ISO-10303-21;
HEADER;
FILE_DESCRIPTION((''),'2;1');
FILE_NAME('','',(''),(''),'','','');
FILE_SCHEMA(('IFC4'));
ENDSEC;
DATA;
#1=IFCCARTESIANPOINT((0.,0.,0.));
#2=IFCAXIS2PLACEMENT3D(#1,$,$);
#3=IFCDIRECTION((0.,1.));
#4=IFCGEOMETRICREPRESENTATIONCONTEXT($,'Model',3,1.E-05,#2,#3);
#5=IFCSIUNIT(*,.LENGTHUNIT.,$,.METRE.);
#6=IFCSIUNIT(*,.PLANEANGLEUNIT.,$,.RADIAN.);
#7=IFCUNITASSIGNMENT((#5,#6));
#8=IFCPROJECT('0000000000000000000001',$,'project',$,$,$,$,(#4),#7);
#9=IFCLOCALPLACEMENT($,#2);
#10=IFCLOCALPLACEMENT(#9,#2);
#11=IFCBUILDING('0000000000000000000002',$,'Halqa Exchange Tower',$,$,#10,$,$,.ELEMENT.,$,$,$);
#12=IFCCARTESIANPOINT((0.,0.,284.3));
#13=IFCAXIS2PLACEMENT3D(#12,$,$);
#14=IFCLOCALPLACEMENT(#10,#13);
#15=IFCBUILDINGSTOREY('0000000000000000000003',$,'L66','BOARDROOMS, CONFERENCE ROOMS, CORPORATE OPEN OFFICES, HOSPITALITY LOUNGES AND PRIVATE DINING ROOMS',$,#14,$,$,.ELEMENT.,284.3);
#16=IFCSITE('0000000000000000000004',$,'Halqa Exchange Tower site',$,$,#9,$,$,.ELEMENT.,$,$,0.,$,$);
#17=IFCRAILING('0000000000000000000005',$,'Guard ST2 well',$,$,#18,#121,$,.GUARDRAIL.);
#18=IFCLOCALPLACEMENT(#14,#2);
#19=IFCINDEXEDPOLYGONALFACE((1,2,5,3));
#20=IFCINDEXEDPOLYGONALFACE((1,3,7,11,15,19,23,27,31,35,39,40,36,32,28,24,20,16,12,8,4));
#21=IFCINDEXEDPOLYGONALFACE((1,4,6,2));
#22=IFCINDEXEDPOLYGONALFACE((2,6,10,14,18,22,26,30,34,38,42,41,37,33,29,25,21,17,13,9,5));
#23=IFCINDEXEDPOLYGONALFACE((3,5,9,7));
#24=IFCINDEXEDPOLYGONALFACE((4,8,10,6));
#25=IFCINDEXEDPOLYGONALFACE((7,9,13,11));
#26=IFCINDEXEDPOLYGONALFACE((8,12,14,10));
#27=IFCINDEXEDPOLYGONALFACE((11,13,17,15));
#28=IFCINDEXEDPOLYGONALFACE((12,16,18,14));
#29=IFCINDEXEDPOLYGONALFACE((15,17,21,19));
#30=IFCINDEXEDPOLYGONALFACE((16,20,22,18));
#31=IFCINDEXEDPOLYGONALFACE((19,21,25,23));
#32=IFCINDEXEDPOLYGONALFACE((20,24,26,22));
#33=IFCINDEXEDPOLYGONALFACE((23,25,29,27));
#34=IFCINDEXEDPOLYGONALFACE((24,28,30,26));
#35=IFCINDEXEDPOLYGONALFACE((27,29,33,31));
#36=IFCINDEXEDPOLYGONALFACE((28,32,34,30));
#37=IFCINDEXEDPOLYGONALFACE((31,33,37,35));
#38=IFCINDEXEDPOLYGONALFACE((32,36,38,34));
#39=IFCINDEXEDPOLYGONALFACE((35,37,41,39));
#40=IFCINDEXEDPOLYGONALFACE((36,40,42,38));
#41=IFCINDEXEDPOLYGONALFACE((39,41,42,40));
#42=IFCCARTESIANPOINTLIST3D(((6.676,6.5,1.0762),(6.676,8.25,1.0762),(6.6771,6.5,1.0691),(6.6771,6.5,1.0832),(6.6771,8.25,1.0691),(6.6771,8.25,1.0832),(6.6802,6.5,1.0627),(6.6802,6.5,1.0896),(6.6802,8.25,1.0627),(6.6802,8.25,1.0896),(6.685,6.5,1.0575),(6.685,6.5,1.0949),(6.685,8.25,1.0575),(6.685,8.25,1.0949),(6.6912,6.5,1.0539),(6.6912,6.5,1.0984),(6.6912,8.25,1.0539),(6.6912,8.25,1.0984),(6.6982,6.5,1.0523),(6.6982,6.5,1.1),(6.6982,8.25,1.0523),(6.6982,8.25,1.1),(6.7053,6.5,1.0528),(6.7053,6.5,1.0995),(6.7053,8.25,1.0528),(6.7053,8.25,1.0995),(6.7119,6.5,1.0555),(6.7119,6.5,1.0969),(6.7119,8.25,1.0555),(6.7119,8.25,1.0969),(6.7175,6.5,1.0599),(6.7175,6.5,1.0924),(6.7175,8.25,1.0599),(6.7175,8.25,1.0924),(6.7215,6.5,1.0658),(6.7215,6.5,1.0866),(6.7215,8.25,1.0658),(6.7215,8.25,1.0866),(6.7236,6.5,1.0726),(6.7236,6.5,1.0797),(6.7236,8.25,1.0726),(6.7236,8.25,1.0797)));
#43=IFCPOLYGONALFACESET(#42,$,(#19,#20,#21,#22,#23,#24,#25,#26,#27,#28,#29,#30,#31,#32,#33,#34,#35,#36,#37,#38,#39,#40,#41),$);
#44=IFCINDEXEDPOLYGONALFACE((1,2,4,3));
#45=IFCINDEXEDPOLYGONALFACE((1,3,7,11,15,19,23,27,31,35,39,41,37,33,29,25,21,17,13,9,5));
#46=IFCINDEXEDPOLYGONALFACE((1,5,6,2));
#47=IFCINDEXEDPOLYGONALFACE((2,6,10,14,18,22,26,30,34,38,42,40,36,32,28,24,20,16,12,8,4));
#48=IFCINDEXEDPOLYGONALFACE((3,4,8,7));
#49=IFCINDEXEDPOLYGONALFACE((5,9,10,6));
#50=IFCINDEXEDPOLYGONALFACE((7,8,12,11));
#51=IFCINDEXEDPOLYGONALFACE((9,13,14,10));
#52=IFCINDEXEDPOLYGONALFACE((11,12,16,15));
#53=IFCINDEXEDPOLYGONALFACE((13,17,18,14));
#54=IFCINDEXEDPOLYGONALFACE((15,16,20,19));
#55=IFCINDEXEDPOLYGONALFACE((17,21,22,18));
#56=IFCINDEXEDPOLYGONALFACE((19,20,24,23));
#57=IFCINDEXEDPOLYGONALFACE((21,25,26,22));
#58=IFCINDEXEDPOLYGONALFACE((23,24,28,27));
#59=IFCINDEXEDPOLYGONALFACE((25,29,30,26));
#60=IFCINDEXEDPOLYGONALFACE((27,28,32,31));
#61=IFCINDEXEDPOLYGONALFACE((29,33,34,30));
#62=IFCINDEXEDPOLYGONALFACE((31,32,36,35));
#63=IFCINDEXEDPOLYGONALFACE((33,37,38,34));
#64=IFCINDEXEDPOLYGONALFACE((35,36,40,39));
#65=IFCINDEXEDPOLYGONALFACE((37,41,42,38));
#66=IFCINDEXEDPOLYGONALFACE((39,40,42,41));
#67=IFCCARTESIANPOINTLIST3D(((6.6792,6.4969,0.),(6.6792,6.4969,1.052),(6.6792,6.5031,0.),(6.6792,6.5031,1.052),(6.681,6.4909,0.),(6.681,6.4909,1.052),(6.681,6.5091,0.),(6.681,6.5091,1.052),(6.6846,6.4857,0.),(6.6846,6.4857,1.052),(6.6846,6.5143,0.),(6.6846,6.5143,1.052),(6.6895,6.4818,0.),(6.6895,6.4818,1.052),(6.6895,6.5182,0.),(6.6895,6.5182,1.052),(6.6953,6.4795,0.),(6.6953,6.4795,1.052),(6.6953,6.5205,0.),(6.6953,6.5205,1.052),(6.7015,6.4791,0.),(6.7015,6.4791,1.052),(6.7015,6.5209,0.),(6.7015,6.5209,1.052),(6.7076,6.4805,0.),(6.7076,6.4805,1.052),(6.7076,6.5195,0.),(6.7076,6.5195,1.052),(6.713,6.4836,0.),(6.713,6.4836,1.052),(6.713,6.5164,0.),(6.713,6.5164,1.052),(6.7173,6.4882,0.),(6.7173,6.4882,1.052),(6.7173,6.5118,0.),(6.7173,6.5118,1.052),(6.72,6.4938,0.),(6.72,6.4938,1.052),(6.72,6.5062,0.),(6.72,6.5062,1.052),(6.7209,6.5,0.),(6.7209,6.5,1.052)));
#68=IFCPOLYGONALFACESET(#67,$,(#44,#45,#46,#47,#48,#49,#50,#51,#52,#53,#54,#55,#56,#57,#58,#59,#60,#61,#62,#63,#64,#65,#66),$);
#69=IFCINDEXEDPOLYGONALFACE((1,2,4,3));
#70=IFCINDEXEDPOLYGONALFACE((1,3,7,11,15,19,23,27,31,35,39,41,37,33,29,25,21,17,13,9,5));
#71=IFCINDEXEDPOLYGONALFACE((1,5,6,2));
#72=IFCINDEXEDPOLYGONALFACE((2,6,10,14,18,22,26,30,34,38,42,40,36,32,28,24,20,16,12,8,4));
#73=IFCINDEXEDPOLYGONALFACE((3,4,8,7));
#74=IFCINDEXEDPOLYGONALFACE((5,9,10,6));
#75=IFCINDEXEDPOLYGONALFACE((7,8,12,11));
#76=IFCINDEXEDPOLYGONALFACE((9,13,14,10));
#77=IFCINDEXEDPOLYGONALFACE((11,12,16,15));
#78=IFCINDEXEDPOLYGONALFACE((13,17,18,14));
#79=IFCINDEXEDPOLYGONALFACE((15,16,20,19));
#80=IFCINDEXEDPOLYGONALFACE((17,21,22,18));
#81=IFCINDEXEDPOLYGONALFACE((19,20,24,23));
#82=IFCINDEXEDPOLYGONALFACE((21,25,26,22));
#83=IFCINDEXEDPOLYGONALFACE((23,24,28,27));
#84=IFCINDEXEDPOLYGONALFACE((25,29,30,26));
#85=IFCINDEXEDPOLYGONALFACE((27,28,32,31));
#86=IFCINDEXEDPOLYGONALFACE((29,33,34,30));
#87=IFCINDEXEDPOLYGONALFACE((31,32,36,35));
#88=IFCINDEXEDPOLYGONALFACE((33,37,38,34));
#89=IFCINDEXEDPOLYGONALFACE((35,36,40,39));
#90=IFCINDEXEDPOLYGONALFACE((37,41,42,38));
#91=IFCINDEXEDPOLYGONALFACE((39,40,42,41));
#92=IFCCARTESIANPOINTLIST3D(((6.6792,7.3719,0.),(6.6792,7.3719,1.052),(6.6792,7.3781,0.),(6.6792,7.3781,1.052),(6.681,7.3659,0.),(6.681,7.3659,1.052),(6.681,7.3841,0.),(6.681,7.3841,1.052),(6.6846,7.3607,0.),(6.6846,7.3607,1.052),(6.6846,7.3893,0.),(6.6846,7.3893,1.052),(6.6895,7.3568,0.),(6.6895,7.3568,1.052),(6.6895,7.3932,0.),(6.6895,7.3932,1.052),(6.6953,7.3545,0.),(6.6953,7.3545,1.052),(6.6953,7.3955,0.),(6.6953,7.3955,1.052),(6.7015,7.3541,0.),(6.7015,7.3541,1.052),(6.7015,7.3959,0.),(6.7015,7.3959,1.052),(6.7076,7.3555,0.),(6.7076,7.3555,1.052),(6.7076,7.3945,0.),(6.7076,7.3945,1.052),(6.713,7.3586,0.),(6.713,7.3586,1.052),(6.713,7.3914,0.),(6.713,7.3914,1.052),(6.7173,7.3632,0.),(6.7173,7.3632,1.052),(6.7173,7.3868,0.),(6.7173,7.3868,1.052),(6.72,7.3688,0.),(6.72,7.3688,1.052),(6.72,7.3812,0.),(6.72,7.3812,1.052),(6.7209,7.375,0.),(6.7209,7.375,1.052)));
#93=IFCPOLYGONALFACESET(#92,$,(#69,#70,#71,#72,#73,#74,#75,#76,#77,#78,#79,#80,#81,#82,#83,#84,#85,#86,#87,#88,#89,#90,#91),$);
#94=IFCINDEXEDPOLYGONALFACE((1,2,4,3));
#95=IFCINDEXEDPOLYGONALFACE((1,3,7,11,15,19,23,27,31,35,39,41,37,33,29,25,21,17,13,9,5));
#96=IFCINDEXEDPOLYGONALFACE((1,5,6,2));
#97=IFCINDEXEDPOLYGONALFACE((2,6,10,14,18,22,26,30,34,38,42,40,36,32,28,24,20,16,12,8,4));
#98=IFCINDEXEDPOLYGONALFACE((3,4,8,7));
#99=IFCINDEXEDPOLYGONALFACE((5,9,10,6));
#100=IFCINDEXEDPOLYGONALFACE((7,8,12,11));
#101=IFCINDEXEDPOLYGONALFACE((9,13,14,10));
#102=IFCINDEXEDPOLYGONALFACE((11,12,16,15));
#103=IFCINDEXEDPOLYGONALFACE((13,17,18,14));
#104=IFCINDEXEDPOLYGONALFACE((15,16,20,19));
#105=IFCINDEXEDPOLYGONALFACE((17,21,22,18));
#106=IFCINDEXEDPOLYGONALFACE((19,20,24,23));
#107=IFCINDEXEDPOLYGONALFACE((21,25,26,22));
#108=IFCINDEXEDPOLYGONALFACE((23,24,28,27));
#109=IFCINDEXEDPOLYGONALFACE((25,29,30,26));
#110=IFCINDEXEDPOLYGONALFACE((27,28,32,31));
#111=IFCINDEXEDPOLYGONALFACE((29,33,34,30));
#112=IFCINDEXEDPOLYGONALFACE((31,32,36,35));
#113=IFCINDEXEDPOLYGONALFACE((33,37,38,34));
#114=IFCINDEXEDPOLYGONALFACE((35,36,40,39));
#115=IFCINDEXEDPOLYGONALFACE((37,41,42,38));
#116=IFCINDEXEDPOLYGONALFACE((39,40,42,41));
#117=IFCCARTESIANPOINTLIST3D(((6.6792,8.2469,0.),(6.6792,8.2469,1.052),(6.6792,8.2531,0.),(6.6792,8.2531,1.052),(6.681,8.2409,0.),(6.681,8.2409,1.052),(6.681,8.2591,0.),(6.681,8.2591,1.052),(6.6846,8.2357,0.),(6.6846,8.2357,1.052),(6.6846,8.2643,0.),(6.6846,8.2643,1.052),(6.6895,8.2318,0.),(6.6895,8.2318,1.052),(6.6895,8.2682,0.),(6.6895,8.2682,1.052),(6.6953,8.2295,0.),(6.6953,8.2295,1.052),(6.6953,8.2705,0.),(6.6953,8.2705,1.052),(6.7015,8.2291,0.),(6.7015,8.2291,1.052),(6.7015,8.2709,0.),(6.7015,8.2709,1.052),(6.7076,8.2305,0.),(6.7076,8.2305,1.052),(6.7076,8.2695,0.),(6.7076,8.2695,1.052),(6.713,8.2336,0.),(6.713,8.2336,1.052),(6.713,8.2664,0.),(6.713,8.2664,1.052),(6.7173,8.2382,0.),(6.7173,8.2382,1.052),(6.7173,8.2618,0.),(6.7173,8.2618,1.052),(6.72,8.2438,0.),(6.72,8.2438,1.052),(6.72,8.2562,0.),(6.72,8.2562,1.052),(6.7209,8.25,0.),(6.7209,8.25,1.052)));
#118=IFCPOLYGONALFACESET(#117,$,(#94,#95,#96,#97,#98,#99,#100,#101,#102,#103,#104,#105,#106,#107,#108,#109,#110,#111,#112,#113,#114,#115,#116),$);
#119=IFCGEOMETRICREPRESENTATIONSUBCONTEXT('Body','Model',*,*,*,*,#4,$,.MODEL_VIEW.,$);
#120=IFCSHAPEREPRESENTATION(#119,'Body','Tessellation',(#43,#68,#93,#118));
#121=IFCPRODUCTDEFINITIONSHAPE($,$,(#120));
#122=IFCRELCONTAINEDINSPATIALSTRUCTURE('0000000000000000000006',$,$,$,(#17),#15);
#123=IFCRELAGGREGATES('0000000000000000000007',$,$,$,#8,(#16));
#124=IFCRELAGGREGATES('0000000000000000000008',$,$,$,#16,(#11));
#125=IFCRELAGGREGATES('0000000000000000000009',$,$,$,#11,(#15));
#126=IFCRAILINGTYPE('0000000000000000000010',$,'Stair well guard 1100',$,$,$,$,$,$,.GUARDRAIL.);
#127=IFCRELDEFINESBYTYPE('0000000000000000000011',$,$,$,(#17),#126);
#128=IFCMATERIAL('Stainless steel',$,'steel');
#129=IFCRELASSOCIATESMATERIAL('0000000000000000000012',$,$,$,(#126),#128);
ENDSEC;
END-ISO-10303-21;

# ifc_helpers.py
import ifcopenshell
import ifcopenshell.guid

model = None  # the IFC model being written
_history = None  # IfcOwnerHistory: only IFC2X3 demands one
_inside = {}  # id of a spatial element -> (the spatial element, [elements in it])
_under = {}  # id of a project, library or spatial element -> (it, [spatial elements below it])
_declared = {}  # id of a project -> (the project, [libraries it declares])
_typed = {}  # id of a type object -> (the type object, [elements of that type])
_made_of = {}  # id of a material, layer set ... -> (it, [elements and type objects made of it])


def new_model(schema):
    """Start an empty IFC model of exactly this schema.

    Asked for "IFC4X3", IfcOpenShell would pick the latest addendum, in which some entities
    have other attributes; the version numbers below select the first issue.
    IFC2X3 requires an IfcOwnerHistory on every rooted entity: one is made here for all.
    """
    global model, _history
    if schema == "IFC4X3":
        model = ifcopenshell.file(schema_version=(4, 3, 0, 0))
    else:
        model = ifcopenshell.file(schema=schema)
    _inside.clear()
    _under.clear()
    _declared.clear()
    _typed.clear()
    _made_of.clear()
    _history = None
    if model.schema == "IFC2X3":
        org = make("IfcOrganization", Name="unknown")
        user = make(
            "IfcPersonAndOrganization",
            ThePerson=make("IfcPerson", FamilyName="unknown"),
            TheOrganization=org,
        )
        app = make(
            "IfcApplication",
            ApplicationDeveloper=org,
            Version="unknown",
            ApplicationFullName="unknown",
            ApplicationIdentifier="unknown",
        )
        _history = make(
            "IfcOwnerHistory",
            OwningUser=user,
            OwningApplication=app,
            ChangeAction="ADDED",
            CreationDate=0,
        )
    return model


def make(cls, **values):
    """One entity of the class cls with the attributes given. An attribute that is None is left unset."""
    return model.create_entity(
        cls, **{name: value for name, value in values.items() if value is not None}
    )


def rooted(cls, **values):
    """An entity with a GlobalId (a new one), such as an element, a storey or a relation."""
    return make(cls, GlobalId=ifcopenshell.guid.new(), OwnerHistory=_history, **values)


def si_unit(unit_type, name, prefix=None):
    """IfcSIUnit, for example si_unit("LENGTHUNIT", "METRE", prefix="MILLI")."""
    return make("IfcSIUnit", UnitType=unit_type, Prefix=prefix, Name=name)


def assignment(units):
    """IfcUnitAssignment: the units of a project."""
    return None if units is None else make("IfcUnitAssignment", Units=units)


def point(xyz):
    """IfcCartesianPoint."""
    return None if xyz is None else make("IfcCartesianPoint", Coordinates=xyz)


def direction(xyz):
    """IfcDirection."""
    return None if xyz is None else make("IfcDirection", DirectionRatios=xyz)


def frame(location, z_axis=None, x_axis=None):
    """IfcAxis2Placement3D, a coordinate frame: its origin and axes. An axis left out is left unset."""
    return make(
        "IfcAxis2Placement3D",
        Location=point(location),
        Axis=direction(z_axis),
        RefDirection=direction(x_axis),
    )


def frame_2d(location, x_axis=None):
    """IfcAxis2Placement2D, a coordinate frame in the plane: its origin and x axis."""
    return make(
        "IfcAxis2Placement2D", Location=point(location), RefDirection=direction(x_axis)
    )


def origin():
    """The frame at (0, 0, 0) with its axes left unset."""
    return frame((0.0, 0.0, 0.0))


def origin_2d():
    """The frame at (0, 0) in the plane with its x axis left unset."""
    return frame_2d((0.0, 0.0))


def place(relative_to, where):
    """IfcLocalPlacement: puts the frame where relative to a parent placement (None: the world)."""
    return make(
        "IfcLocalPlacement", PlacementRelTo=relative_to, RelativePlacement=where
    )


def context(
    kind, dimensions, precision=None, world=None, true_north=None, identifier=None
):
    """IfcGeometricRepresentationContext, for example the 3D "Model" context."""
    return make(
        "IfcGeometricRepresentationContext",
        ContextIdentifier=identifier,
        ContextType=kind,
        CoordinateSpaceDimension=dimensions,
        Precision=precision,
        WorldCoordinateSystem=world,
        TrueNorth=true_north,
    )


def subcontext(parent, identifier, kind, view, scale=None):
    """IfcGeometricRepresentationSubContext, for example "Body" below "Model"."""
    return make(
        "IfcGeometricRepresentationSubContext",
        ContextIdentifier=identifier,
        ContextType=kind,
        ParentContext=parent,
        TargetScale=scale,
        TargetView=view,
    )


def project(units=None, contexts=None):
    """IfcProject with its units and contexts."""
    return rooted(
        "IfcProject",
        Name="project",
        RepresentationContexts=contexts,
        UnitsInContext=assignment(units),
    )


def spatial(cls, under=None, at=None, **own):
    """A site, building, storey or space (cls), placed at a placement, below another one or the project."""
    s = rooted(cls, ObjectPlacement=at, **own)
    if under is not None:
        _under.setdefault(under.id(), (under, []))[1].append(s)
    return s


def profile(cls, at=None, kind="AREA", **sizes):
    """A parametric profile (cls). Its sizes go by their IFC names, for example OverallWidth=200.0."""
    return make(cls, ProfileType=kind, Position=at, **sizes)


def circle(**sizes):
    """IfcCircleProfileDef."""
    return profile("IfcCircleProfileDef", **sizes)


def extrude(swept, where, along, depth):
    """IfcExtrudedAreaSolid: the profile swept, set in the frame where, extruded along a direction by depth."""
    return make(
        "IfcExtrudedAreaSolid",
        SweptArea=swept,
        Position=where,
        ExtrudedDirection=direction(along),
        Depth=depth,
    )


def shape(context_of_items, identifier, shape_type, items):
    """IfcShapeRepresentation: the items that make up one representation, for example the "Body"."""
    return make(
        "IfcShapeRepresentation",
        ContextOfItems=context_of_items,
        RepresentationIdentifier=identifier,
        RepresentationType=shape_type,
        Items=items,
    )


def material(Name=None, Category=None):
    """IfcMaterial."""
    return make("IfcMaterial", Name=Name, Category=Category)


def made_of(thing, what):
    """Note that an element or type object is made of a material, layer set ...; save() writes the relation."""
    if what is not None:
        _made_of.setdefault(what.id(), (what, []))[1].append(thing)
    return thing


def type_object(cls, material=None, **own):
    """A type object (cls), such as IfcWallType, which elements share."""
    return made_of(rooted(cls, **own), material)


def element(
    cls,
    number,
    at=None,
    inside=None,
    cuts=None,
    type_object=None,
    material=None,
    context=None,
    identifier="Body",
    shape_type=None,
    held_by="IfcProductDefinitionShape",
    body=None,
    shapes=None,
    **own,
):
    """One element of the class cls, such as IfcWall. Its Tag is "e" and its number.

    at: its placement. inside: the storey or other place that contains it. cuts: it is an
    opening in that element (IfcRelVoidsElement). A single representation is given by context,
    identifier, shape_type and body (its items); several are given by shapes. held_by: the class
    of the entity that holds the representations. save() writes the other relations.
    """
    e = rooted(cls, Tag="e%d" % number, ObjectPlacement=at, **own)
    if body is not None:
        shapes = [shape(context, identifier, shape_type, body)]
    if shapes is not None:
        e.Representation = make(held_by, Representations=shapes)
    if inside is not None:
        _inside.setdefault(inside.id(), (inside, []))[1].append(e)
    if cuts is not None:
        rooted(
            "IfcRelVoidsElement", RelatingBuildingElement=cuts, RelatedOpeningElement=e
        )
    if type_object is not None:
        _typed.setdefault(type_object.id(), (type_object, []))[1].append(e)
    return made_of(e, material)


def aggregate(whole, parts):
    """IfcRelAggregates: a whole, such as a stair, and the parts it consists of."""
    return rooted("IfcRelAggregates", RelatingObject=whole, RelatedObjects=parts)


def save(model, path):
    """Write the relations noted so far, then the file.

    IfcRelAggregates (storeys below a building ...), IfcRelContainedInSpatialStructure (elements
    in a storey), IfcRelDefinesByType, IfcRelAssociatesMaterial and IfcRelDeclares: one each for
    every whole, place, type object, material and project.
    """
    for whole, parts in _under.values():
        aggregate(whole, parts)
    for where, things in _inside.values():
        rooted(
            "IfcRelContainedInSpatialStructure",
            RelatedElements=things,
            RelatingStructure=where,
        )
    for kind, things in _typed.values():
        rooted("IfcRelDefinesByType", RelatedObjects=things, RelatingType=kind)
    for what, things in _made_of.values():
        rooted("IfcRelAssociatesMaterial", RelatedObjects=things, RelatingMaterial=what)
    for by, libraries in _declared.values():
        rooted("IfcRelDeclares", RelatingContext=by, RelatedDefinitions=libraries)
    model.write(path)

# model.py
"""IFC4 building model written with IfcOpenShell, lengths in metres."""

from ifc_helpers import new_model, si_unit, direction, frame, origin, origin_2d, place, context, subcontext, project, spatial, circle, extrude, material, type_object, element, save


model = new_model("IFC4")

# Units and contexts
model_context = context("Model", 3, precision=1e-05, world=origin(), true_north=direction((0.0, 1.0)))
body_context = subcontext(model_context, "Body", "Model", "MODEL_VIEW")
ifc_project = project(units=[si_unit("LENGTHUNIT", "METRE"), si_unit("PLANEANGLEUNIT", "RADIAN")], contexts=[model_context])

# Site, building, storey
site_placement = place(None, origin())
site = spatial("IfcSite", under=ifc_project, at=site_placement, Name="Halqa Exchange Tower site", CompositionType="ELEMENT", RefElevation=0.0)
building_placement = place(site_placement, origin())
building = spatial("IfcBuilding", under=site, at=building_placement, Name="Halqa Exchange Tower", CompositionType="ELEMENT")
storey_placement = place(building_placement, frame((0.0, 0.0, 284.3)))
storey = spatial("IfcBuildingStorey", under=building, at=storey_placement, Name="L66", Description="BOARDROOMS, CONFERENCE ROOMS, CORPORATE OPEN OFFICES, HOSPITALITY LOUNGES AND PRIVATE DINING ROOMS", CompositionType="ELEMENT", Elevation=284.3)

# Railing
ifc_material_1 = material(Name="Stainless steel", Category="steel")
railing_type_1 = type_object("IfcRailingType", Name="Stair well guard 1100", PredefinedType="GUARDRAIL", material=ifc_material_1)
railing_1_placement = place(storey_placement, frame((6.7, 6.5, 0.0)))
element("IfcRailing", 1, at=railing_1_placement, inside=storey, type_object=railing_type_1, Name="Guard ST2 well", PredefinedType="GUARDRAIL", context=body_context, shape_type="SweptSolid", body=[
    extrude(circle(Radius=0.0239, at=origin_2d()), frame((0.0, 0.0, 1.0762), z_axis=(0.0, 1.0, 0.0), x_axis=(-1.0, 0.0, 0.0)), (0.0, 0.0, 1.0), 1.75),
    extrude(circle(Radius=0.021, at=origin_2d()), origin(), (0.0, 0.0, 1.0), 1.052),
    extrude(circle(Radius=0.021, at=origin_2d()), frame((0.0, 0.875, 0.0)), (0.0, 0.0, 1.0), 1.052),
    extrude(circle(Radius=0.021, at=origin_2d()), frame((0.0, 1.75, 0.0)), (0.0, 0.0, 1.0), 1.052),
])

save(model, "model.ifc")
